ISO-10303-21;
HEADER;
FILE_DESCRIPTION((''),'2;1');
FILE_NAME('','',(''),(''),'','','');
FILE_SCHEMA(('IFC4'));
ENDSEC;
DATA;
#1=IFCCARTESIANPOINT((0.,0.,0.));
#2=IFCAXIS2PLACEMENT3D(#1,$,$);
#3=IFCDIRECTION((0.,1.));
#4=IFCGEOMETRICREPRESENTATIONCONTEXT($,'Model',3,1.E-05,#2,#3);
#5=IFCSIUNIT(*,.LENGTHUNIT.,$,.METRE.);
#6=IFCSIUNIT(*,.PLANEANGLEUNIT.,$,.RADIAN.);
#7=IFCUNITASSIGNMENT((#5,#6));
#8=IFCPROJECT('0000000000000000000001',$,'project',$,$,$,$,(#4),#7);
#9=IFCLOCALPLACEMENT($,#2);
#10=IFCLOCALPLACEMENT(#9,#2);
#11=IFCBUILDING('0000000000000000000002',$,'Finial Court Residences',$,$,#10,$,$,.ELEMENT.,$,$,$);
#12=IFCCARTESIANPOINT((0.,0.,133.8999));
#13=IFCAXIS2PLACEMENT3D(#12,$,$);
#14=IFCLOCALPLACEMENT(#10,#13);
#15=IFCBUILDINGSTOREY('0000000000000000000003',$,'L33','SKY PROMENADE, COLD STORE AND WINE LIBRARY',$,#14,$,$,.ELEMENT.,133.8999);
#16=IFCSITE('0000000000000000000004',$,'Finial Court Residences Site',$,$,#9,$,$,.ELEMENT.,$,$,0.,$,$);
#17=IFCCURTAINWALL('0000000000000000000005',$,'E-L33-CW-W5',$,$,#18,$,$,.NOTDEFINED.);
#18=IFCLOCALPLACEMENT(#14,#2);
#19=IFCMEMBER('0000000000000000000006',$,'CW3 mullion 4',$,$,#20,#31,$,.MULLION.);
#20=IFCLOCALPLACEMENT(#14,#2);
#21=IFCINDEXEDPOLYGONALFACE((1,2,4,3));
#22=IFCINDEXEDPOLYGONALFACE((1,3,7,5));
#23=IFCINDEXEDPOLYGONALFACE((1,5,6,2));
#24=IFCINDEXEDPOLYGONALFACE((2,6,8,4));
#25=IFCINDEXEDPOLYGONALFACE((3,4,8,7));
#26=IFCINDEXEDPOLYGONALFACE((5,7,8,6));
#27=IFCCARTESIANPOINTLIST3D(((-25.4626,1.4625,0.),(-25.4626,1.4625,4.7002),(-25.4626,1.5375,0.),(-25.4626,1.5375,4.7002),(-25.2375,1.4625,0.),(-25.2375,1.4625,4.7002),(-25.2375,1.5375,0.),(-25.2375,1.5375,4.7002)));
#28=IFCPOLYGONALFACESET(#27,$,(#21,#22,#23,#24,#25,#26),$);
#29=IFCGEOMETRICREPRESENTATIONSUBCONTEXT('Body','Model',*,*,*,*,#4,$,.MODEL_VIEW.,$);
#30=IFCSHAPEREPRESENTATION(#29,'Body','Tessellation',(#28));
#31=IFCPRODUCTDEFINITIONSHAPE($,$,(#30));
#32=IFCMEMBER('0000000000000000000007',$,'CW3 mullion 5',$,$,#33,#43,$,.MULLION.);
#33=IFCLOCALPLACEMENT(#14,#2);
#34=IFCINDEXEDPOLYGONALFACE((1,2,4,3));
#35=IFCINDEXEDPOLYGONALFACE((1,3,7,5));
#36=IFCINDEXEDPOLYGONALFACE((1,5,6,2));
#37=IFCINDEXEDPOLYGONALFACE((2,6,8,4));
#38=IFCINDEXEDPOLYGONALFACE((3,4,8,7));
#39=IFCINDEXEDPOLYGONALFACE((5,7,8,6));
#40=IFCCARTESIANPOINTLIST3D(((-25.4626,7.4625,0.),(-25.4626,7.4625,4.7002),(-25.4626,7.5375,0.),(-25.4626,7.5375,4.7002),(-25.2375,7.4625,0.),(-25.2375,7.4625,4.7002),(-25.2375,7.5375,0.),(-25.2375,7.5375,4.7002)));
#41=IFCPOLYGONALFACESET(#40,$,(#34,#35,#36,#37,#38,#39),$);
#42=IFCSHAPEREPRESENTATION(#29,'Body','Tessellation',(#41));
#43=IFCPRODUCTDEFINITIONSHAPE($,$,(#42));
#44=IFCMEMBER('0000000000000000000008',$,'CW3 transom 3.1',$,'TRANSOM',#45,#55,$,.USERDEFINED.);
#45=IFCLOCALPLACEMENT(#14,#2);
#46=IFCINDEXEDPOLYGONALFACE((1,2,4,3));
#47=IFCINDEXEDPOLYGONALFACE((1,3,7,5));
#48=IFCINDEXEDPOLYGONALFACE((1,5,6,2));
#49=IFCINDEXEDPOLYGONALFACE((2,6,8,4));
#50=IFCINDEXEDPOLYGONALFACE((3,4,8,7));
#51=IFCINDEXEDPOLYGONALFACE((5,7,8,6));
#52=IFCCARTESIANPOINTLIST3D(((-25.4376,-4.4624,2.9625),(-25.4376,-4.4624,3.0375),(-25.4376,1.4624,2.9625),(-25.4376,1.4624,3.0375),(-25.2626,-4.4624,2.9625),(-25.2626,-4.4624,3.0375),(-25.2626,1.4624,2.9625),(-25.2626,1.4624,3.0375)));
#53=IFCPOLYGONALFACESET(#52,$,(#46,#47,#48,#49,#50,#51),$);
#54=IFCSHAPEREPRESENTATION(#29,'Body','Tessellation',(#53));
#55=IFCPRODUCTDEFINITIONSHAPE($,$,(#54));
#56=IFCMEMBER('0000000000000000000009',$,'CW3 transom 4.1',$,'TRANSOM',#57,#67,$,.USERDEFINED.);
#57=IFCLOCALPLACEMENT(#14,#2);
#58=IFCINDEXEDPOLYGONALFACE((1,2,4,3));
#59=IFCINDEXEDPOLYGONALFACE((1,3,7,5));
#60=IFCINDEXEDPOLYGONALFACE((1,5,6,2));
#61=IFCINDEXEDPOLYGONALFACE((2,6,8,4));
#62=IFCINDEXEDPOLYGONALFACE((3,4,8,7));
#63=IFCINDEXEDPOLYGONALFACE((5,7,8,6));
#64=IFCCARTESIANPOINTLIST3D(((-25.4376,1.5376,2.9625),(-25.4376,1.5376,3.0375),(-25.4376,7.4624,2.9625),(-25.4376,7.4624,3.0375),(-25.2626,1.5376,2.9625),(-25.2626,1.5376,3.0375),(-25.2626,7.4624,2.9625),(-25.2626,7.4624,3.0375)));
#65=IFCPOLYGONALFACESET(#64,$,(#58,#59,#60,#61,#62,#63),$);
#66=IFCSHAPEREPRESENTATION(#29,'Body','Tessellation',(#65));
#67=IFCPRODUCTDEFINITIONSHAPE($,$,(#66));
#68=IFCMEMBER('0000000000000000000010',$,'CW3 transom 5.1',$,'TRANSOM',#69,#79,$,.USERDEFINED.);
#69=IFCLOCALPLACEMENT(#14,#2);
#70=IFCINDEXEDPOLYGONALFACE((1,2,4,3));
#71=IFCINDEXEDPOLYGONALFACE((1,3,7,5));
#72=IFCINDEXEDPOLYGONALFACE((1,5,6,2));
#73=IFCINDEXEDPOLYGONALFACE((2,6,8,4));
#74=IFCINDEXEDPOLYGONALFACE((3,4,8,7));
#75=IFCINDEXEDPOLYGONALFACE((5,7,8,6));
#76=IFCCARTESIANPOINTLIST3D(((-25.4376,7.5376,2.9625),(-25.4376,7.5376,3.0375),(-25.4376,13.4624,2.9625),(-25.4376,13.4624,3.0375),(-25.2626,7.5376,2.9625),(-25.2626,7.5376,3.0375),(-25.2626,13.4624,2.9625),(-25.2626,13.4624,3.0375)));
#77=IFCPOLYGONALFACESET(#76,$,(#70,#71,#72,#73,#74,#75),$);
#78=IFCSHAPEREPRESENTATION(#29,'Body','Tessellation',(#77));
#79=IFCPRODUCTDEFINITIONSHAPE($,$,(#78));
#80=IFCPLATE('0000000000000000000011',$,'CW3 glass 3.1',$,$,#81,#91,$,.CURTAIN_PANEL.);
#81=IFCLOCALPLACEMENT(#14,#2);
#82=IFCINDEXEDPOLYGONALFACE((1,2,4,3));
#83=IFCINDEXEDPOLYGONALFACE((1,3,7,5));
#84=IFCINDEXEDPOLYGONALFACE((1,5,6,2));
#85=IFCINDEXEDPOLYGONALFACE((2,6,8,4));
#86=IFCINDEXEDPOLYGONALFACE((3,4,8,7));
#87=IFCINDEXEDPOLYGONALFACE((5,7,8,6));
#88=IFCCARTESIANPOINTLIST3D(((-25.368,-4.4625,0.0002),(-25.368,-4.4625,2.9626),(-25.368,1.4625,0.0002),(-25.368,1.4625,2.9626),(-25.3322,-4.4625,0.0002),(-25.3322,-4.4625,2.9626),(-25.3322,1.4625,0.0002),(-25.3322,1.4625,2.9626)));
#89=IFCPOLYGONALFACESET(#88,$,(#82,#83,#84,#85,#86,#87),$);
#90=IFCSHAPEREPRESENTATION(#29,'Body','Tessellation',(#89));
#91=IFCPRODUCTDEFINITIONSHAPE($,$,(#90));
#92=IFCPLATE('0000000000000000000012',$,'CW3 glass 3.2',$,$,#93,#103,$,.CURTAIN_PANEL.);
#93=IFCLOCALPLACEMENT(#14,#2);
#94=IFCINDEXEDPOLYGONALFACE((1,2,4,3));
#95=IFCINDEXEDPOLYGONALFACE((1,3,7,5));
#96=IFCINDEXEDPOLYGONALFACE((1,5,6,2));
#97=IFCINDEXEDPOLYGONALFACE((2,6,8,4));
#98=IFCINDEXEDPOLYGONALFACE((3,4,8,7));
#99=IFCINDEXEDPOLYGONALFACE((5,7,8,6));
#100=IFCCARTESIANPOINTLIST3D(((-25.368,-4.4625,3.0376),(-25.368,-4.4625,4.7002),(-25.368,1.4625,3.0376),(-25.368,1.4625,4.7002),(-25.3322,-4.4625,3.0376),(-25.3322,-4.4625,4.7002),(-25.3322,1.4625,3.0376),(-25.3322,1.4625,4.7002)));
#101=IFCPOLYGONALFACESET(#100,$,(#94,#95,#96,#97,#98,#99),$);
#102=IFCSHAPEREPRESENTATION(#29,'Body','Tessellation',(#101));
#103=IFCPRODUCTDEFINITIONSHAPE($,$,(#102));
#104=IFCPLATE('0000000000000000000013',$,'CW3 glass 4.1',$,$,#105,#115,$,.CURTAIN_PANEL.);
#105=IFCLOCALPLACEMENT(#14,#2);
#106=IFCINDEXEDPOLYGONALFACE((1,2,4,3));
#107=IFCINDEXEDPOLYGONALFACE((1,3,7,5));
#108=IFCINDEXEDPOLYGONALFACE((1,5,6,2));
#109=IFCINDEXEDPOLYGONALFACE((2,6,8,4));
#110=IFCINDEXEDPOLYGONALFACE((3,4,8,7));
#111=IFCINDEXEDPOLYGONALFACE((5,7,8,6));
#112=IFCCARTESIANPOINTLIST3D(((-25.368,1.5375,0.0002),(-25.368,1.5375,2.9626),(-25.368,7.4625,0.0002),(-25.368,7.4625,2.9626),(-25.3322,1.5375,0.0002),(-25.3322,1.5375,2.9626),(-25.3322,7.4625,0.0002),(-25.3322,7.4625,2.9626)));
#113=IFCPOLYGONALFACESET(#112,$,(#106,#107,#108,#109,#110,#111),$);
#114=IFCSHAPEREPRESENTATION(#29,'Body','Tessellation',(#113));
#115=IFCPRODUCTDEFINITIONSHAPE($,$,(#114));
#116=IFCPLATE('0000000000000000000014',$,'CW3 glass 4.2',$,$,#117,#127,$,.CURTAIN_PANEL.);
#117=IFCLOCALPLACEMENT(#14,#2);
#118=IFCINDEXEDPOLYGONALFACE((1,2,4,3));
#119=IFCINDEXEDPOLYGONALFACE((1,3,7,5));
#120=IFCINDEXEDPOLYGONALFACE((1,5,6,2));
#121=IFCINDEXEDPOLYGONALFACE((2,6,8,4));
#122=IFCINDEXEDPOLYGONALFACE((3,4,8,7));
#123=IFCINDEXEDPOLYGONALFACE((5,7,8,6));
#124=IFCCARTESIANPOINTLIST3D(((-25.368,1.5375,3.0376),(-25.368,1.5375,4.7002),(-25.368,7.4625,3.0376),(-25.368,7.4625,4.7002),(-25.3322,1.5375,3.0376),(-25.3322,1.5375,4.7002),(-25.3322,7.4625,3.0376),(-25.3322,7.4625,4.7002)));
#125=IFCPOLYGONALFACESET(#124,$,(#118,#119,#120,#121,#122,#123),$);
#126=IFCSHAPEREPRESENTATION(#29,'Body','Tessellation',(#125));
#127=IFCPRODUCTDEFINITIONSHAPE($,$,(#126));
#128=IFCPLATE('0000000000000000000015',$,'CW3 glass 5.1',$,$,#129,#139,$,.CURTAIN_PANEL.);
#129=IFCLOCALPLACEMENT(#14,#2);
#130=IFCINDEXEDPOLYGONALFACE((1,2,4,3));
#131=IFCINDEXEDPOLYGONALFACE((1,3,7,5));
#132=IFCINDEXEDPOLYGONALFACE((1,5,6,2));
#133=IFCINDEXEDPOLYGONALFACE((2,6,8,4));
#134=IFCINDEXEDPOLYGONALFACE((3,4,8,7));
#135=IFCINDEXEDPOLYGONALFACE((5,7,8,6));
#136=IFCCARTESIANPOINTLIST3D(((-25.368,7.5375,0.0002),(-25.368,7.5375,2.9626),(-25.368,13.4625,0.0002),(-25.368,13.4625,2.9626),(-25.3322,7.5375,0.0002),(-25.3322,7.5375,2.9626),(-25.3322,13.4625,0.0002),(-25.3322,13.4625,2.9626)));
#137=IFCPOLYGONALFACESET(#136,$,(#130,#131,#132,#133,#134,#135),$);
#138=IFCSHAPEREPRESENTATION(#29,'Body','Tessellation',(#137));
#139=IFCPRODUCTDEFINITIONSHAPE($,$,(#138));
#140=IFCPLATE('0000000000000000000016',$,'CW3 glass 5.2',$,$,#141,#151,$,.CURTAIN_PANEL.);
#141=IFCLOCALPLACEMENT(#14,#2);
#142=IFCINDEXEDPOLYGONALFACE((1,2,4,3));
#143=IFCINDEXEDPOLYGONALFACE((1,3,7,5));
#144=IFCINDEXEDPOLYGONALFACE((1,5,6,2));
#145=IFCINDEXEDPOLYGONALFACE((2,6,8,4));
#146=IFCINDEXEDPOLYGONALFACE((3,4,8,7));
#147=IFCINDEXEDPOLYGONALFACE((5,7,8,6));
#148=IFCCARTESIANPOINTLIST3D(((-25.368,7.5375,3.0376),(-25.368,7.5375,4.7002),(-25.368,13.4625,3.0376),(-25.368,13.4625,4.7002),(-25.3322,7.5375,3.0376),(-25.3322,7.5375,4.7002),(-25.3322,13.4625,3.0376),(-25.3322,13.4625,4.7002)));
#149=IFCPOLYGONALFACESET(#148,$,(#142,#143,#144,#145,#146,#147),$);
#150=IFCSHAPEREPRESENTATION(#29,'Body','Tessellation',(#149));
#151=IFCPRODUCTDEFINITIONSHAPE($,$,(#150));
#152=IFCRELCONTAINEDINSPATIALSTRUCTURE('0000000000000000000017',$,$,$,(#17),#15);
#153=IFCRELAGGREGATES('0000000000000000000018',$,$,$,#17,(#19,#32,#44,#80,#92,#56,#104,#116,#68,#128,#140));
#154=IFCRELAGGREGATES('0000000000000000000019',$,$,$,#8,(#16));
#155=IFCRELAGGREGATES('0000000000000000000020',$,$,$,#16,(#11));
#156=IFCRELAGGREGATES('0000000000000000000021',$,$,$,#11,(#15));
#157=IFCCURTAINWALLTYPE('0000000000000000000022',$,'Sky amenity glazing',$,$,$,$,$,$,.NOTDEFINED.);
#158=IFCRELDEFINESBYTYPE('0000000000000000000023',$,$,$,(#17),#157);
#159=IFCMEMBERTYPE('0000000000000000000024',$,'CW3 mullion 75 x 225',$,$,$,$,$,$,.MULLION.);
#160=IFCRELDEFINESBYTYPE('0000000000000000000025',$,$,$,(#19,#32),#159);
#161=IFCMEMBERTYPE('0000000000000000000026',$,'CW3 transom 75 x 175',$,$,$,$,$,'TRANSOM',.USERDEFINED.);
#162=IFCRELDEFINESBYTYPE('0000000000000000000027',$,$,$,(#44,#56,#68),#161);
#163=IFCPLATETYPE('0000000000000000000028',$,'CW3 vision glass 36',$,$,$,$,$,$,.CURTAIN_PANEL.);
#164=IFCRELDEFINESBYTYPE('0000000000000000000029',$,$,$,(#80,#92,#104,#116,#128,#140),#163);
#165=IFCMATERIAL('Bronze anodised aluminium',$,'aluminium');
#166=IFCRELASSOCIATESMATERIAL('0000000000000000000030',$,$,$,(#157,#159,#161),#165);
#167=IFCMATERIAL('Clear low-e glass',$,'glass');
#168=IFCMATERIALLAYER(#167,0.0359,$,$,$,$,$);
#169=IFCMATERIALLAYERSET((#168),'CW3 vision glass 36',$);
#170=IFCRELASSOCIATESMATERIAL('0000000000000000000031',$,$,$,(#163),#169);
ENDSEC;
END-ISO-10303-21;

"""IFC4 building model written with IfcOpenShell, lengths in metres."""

from ifc_helpers import new_model, si_unit, direction, frame, origin, origin_2d, place, context, subcontext, project, spatial, rectangle, extrude, material, layer, layer_set, material_profile, profile_set, type_object, element, aggregate, save


model = new_model("IFC4")

# Units and contexts
model_context = context("Model", 3, precision=1e-05, world=origin(), true_north=direction((0.0, 1.0)))
body_context = subcontext(model_context, "Body", "Model", "MODEL_VIEW")
ifc_project = project(units=[si_unit("LENGTHUNIT", "METRE"), si_unit("PLANEANGLEUNIT", "RADIAN")], contexts=[model_context])

# Site, building, storey
site_placement = place(None, origin())
site = spatial("IfcSite", under=ifc_project, at=site_placement, Name="Finial Court Residences Site", CompositionType="ELEMENT", RefElevation=0.0)
building_placement = place(site_placement, origin())
building = spatial("IfcBuilding", under=site, at=building_placement, Name="Finial Court Residences", CompositionType="ELEMENT")
storey_placement = place(building_placement, frame((0.0, 0.0, 133.8999)))
storey = spatial("IfcBuildingStorey", under=building, at=storey_placement, Name="L33", Description="SKY PROMENADE, COLD STORE AND WINE LIBRARY", CompositionType="ELEMENT", Elevation=133.8999)

# Curtain wall, members, plates
ifc_material_1 = material(Name="Bronze anodised aluminium", Category="aluminium")
curtain_wall_type = type_object("IfcCurtainWallType", Name="Sky amenity glazing", PredefinedType="NOTDEFINED", material=ifc_material_1)
curtain_wall_placement = place(storey_placement, origin())
curtain_wall = element("IfcCurtainWall", 1, at=curtain_wall_placement, inside=storey, type_object=curtain_wall_type, Name="E-L33-CW-W5", PredefinedType="NOTDEFINED")
ifc_material_profile_1 = material_profile(ifc_material_1, rectangle(XDim=0.2251, YDim=0.075, at=origin_2d()), Name="CW3 mullion 75 x 225")
ifc_profile_set_1 = profile_set([ifc_material_profile_1], Name="Bronze anodised aluminium")
member_type_1 = type_object("IfcMemberType", Name="CW3 mullion 75 x 225", PredefinedType="MULLION", material=ifc_profile_set_1)
member_1_placement = place(storey_placement, frame((-25.3501, 1.5, 0.0), z_axis=(0.0, 0.0, 1.0), x_axis=(-1.0, 0.0, 0.0)))
member_1 = element("IfcMember", 2, at=member_1_placement, type_object=member_type_1, Name="CW3 mullion 4", PredefinedType="MULLION", context=body_context, shape_type="SweptSolid", body=[
    extrude(rectangle(XDim=0.2251, YDim=0.075, at=origin_2d()), origin(), (0.0, 0.0, 1.0), 4.7002),
])
member_2_placement = place(storey_placement, frame((-25.3501, 7.5, 0.0), z_axis=(0.0, 0.0, 1.0), x_axis=(-1.0, 0.0, 0.0)))
member_2 = element("IfcMember", 3, at=member_2_placement, type_object=member_type_1, Name="CW3 mullion 5", PredefinedType="MULLION", context=body_context, shape_type="SweptSolid", body=[
    extrude(rectangle(XDim=0.2251, YDim=0.075, at=origin_2d()), origin(), (0.0, 0.0, 1.0), 4.7002),
])
ifc_material_profile_2 = material_profile(ifc_material_1, rectangle(XDim=0.175, YDim=0.075, at=origin_2d()), Name="CW3 transom 75 x 175")
ifc_profile_set_2 = profile_set([ifc_material_profile_2], Name="Bronze anodised aluminium")
member_type_2 = type_object("IfcMemberType", Name="CW3 transom 75 x 175", ElementType="TRANSOM", PredefinedType="USERDEFINED", material=ifc_profile_set_2)
member_3_placement = place(storey_placement, frame((-25.3501, -4.4624, 3.0), z_axis=(0.0, 1.0, 0.0), x_axis=(-1.0, 0.0, 0.0)))
member_3 = element("IfcMember", 4, at=member_3_placement, type_object=member_type_2, Name="CW3 transom 3.1", ObjectType="TRANSOM", PredefinedType="USERDEFINED", context=body_context, shape_type="SweptSolid", body=[
    extrude(rectangle(XDim=0.175, YDim=0.075, at=origin_2d()), origin(), (0.0, 0.0, 1.0), 5.9248),
])
member_4_placement = place(storey_placement, frame((-25.3501, 1.5376, 3.0), z_axis=(0.0, 1.0, 0.0), x_axis=(-1.0, 0.0, 0.0)))
member_4 = element("IfcMember", 5, at=member_4_placement, type_object=member_type_2, Name="CW3 transom 4.1", ObjectType="TRANSOM", PredefinedType="USERDEFINED", context=body_context, shape_type="SweptSolid", body=[
    extrude(rectangle(XDim=0.175, YDim=0.075, at=origin_2d()), origin(), (0.0, 0.0, 1.0), 5.9248),
])
member_5_placement = place(storey_placement, frame((-25.3501, 7.5376, 3.0), z_axis=(0.0, 1.0, 0.0), x_axis=(-1.0, 0.0, 0.0)))
member_5 = element("IfcMember", 6, at=member_5_placement, type_object=member_type_2, Name="CW3 transom 5.1", ObjectType="TRANSOM", PredefinedType="USERDEFINED", context=body_context, shape_type="SweptSolid", body=[
    extrude(rectangle(XDim=0.175, YDim=0.075, at=origin_2d()), origin(), (0.0, 0.0, 1.0), 5.9248),
])
ifc_material_2 = material(Name="Clear low-e glass", Category="glass")
ifc_layer_1 = layer(ifc_material_2, 0.0359)
ifc_layer_set_1 = layer_set([ifc_layer_1], Name="CW3 vision glass 36")
plate_type = type_object("IfcPlateType", Name="CW3 vision glass 36", PredefinedType="CURTAIN_PANEL", material=ifc_layer_set_1)
plate_1_placement = place(storey_placement, frame((-25.3501, -1.5, 0.0002), z_axis=(0.0, 0.0, 1.0), x_axis=(0.0, 1.0, 0.0)))
plate_1 = element("IfcPlate", 7, at=plate_1_placement, type_object=plate_type, Name="CW3 glass 3.1", PredefinedType="CURTAIN_PANEL", context=body_context, shape_type="SweptSolid", body=[
    extrude(rectangle(XDim=5.925, YDim=0.0359, at=origin_2d()), origin(), (0.0, 0.0, 1.0), 2.9624),
])
plate_2_placement = place(storey_placement, frame((-25.3501, -1.5, 3.0376), z_axis=(0.0, 0.0, 1.0), x_axis=(0.0, 1.0, 0.0)))
plate_2 = element("IfcPlate", 8, at=plate_2_placement, type_object=plate_type, Name="CW3 glass 3.2", PredefinedType="CURTAIN_PANEL", context=body_context, shape_type="SweptSolid", body=[
    extrude(rectangle(XDim=5.925, YDim=0.0359, at=origin_2d()), origin(), (0.0, 0.0, 1.0), 1.6626),
])
plate_3_placement = place(storey_placement, frame((-25.3501, 4.5, 0.0002), z_axis=(0.0, 0.0, 1.0), x_axis=(0.0, 1.0, 0.0)))
plate_3 = element("IfcPlate", 9, at=plate_3_placement, type_object=plate_type, Name="CW3 glass 4.1", PredefinedType="CURTAIN_PANEL", context=body_context, shape_type="SweptSolid", body=[
    extrude(rectangle(XDim=5.925, YDim=0.0359, at=origin_2d()), origin(), (0.0, 0.0, 1.0), 2.9624),
])
plate_4_placement = place(storey_placement, frame((-25.3501, 4.5, 3.0376), z_axis=(0.0, 0.0, 1.0), x_axis=(0.0, 1.0, 0.0)))
plate_4 = element("IfcPlate", 10, at=plate_4_placement, type_object=plate_type, Name="CW3 glass 4.2", PredefinedType="CURTAIN_PANEL", context=body_context, shape_type="SweptSolid", body=[
    extrude(rectangle(XDim=5.925, YDim=0.0359, at=origin_2d()), origin(), (0.0, 0.0, 1.0), 1.6626),
])
plate_5_placement = place(storey_placement, frame((-25.3501, 10.5, 0.0002), z_axis=(0.0, 0.0, 1.0), x_axis=(0.0, 1.0, 0.0)))
plate_5 = element("IfcPlate", 11, at=plate_5_placement, type_object=plate_type, Name="CW3 glass 5.1", PredefinedType="CURTAIN_PANEL", context=body_context, shape_type="SweptSolid", body=[
    extrude(rectangle(XDim=5.925, YDim=0.0359, at=origin_2d()), origin(), (0.0, 0.0, 1.0), 2.9624),
])
plate_6_placement = place(storey_placement, frame((-25.3501, 10.5, 3.0376), z_axis=(0.0, 0.0, 1.0), x_axis=(0.0, 1.0, 0.0)))
plate_6 = element("IfcPlate", 12, at=plate_6_placement, type_object=plate_type, Name="CW3 glass 5.2", PredefinedType="CURTAIN_PANEL", context=body_context, shape_type="SweptSolid", body=[
    extrude(rectangle(XDim=5.925, YDim=0.0359, at=origin_2d()), origin(), (0.0, 0.0, 1.0), 1.6626),
])
aggregate(curtain_wall, [member_1, member_2, member_3, plate_1, plate_2, member_4, plate_3, plate_4, member_5, plate_5, plate_6])

save(model, "model.ifc")
